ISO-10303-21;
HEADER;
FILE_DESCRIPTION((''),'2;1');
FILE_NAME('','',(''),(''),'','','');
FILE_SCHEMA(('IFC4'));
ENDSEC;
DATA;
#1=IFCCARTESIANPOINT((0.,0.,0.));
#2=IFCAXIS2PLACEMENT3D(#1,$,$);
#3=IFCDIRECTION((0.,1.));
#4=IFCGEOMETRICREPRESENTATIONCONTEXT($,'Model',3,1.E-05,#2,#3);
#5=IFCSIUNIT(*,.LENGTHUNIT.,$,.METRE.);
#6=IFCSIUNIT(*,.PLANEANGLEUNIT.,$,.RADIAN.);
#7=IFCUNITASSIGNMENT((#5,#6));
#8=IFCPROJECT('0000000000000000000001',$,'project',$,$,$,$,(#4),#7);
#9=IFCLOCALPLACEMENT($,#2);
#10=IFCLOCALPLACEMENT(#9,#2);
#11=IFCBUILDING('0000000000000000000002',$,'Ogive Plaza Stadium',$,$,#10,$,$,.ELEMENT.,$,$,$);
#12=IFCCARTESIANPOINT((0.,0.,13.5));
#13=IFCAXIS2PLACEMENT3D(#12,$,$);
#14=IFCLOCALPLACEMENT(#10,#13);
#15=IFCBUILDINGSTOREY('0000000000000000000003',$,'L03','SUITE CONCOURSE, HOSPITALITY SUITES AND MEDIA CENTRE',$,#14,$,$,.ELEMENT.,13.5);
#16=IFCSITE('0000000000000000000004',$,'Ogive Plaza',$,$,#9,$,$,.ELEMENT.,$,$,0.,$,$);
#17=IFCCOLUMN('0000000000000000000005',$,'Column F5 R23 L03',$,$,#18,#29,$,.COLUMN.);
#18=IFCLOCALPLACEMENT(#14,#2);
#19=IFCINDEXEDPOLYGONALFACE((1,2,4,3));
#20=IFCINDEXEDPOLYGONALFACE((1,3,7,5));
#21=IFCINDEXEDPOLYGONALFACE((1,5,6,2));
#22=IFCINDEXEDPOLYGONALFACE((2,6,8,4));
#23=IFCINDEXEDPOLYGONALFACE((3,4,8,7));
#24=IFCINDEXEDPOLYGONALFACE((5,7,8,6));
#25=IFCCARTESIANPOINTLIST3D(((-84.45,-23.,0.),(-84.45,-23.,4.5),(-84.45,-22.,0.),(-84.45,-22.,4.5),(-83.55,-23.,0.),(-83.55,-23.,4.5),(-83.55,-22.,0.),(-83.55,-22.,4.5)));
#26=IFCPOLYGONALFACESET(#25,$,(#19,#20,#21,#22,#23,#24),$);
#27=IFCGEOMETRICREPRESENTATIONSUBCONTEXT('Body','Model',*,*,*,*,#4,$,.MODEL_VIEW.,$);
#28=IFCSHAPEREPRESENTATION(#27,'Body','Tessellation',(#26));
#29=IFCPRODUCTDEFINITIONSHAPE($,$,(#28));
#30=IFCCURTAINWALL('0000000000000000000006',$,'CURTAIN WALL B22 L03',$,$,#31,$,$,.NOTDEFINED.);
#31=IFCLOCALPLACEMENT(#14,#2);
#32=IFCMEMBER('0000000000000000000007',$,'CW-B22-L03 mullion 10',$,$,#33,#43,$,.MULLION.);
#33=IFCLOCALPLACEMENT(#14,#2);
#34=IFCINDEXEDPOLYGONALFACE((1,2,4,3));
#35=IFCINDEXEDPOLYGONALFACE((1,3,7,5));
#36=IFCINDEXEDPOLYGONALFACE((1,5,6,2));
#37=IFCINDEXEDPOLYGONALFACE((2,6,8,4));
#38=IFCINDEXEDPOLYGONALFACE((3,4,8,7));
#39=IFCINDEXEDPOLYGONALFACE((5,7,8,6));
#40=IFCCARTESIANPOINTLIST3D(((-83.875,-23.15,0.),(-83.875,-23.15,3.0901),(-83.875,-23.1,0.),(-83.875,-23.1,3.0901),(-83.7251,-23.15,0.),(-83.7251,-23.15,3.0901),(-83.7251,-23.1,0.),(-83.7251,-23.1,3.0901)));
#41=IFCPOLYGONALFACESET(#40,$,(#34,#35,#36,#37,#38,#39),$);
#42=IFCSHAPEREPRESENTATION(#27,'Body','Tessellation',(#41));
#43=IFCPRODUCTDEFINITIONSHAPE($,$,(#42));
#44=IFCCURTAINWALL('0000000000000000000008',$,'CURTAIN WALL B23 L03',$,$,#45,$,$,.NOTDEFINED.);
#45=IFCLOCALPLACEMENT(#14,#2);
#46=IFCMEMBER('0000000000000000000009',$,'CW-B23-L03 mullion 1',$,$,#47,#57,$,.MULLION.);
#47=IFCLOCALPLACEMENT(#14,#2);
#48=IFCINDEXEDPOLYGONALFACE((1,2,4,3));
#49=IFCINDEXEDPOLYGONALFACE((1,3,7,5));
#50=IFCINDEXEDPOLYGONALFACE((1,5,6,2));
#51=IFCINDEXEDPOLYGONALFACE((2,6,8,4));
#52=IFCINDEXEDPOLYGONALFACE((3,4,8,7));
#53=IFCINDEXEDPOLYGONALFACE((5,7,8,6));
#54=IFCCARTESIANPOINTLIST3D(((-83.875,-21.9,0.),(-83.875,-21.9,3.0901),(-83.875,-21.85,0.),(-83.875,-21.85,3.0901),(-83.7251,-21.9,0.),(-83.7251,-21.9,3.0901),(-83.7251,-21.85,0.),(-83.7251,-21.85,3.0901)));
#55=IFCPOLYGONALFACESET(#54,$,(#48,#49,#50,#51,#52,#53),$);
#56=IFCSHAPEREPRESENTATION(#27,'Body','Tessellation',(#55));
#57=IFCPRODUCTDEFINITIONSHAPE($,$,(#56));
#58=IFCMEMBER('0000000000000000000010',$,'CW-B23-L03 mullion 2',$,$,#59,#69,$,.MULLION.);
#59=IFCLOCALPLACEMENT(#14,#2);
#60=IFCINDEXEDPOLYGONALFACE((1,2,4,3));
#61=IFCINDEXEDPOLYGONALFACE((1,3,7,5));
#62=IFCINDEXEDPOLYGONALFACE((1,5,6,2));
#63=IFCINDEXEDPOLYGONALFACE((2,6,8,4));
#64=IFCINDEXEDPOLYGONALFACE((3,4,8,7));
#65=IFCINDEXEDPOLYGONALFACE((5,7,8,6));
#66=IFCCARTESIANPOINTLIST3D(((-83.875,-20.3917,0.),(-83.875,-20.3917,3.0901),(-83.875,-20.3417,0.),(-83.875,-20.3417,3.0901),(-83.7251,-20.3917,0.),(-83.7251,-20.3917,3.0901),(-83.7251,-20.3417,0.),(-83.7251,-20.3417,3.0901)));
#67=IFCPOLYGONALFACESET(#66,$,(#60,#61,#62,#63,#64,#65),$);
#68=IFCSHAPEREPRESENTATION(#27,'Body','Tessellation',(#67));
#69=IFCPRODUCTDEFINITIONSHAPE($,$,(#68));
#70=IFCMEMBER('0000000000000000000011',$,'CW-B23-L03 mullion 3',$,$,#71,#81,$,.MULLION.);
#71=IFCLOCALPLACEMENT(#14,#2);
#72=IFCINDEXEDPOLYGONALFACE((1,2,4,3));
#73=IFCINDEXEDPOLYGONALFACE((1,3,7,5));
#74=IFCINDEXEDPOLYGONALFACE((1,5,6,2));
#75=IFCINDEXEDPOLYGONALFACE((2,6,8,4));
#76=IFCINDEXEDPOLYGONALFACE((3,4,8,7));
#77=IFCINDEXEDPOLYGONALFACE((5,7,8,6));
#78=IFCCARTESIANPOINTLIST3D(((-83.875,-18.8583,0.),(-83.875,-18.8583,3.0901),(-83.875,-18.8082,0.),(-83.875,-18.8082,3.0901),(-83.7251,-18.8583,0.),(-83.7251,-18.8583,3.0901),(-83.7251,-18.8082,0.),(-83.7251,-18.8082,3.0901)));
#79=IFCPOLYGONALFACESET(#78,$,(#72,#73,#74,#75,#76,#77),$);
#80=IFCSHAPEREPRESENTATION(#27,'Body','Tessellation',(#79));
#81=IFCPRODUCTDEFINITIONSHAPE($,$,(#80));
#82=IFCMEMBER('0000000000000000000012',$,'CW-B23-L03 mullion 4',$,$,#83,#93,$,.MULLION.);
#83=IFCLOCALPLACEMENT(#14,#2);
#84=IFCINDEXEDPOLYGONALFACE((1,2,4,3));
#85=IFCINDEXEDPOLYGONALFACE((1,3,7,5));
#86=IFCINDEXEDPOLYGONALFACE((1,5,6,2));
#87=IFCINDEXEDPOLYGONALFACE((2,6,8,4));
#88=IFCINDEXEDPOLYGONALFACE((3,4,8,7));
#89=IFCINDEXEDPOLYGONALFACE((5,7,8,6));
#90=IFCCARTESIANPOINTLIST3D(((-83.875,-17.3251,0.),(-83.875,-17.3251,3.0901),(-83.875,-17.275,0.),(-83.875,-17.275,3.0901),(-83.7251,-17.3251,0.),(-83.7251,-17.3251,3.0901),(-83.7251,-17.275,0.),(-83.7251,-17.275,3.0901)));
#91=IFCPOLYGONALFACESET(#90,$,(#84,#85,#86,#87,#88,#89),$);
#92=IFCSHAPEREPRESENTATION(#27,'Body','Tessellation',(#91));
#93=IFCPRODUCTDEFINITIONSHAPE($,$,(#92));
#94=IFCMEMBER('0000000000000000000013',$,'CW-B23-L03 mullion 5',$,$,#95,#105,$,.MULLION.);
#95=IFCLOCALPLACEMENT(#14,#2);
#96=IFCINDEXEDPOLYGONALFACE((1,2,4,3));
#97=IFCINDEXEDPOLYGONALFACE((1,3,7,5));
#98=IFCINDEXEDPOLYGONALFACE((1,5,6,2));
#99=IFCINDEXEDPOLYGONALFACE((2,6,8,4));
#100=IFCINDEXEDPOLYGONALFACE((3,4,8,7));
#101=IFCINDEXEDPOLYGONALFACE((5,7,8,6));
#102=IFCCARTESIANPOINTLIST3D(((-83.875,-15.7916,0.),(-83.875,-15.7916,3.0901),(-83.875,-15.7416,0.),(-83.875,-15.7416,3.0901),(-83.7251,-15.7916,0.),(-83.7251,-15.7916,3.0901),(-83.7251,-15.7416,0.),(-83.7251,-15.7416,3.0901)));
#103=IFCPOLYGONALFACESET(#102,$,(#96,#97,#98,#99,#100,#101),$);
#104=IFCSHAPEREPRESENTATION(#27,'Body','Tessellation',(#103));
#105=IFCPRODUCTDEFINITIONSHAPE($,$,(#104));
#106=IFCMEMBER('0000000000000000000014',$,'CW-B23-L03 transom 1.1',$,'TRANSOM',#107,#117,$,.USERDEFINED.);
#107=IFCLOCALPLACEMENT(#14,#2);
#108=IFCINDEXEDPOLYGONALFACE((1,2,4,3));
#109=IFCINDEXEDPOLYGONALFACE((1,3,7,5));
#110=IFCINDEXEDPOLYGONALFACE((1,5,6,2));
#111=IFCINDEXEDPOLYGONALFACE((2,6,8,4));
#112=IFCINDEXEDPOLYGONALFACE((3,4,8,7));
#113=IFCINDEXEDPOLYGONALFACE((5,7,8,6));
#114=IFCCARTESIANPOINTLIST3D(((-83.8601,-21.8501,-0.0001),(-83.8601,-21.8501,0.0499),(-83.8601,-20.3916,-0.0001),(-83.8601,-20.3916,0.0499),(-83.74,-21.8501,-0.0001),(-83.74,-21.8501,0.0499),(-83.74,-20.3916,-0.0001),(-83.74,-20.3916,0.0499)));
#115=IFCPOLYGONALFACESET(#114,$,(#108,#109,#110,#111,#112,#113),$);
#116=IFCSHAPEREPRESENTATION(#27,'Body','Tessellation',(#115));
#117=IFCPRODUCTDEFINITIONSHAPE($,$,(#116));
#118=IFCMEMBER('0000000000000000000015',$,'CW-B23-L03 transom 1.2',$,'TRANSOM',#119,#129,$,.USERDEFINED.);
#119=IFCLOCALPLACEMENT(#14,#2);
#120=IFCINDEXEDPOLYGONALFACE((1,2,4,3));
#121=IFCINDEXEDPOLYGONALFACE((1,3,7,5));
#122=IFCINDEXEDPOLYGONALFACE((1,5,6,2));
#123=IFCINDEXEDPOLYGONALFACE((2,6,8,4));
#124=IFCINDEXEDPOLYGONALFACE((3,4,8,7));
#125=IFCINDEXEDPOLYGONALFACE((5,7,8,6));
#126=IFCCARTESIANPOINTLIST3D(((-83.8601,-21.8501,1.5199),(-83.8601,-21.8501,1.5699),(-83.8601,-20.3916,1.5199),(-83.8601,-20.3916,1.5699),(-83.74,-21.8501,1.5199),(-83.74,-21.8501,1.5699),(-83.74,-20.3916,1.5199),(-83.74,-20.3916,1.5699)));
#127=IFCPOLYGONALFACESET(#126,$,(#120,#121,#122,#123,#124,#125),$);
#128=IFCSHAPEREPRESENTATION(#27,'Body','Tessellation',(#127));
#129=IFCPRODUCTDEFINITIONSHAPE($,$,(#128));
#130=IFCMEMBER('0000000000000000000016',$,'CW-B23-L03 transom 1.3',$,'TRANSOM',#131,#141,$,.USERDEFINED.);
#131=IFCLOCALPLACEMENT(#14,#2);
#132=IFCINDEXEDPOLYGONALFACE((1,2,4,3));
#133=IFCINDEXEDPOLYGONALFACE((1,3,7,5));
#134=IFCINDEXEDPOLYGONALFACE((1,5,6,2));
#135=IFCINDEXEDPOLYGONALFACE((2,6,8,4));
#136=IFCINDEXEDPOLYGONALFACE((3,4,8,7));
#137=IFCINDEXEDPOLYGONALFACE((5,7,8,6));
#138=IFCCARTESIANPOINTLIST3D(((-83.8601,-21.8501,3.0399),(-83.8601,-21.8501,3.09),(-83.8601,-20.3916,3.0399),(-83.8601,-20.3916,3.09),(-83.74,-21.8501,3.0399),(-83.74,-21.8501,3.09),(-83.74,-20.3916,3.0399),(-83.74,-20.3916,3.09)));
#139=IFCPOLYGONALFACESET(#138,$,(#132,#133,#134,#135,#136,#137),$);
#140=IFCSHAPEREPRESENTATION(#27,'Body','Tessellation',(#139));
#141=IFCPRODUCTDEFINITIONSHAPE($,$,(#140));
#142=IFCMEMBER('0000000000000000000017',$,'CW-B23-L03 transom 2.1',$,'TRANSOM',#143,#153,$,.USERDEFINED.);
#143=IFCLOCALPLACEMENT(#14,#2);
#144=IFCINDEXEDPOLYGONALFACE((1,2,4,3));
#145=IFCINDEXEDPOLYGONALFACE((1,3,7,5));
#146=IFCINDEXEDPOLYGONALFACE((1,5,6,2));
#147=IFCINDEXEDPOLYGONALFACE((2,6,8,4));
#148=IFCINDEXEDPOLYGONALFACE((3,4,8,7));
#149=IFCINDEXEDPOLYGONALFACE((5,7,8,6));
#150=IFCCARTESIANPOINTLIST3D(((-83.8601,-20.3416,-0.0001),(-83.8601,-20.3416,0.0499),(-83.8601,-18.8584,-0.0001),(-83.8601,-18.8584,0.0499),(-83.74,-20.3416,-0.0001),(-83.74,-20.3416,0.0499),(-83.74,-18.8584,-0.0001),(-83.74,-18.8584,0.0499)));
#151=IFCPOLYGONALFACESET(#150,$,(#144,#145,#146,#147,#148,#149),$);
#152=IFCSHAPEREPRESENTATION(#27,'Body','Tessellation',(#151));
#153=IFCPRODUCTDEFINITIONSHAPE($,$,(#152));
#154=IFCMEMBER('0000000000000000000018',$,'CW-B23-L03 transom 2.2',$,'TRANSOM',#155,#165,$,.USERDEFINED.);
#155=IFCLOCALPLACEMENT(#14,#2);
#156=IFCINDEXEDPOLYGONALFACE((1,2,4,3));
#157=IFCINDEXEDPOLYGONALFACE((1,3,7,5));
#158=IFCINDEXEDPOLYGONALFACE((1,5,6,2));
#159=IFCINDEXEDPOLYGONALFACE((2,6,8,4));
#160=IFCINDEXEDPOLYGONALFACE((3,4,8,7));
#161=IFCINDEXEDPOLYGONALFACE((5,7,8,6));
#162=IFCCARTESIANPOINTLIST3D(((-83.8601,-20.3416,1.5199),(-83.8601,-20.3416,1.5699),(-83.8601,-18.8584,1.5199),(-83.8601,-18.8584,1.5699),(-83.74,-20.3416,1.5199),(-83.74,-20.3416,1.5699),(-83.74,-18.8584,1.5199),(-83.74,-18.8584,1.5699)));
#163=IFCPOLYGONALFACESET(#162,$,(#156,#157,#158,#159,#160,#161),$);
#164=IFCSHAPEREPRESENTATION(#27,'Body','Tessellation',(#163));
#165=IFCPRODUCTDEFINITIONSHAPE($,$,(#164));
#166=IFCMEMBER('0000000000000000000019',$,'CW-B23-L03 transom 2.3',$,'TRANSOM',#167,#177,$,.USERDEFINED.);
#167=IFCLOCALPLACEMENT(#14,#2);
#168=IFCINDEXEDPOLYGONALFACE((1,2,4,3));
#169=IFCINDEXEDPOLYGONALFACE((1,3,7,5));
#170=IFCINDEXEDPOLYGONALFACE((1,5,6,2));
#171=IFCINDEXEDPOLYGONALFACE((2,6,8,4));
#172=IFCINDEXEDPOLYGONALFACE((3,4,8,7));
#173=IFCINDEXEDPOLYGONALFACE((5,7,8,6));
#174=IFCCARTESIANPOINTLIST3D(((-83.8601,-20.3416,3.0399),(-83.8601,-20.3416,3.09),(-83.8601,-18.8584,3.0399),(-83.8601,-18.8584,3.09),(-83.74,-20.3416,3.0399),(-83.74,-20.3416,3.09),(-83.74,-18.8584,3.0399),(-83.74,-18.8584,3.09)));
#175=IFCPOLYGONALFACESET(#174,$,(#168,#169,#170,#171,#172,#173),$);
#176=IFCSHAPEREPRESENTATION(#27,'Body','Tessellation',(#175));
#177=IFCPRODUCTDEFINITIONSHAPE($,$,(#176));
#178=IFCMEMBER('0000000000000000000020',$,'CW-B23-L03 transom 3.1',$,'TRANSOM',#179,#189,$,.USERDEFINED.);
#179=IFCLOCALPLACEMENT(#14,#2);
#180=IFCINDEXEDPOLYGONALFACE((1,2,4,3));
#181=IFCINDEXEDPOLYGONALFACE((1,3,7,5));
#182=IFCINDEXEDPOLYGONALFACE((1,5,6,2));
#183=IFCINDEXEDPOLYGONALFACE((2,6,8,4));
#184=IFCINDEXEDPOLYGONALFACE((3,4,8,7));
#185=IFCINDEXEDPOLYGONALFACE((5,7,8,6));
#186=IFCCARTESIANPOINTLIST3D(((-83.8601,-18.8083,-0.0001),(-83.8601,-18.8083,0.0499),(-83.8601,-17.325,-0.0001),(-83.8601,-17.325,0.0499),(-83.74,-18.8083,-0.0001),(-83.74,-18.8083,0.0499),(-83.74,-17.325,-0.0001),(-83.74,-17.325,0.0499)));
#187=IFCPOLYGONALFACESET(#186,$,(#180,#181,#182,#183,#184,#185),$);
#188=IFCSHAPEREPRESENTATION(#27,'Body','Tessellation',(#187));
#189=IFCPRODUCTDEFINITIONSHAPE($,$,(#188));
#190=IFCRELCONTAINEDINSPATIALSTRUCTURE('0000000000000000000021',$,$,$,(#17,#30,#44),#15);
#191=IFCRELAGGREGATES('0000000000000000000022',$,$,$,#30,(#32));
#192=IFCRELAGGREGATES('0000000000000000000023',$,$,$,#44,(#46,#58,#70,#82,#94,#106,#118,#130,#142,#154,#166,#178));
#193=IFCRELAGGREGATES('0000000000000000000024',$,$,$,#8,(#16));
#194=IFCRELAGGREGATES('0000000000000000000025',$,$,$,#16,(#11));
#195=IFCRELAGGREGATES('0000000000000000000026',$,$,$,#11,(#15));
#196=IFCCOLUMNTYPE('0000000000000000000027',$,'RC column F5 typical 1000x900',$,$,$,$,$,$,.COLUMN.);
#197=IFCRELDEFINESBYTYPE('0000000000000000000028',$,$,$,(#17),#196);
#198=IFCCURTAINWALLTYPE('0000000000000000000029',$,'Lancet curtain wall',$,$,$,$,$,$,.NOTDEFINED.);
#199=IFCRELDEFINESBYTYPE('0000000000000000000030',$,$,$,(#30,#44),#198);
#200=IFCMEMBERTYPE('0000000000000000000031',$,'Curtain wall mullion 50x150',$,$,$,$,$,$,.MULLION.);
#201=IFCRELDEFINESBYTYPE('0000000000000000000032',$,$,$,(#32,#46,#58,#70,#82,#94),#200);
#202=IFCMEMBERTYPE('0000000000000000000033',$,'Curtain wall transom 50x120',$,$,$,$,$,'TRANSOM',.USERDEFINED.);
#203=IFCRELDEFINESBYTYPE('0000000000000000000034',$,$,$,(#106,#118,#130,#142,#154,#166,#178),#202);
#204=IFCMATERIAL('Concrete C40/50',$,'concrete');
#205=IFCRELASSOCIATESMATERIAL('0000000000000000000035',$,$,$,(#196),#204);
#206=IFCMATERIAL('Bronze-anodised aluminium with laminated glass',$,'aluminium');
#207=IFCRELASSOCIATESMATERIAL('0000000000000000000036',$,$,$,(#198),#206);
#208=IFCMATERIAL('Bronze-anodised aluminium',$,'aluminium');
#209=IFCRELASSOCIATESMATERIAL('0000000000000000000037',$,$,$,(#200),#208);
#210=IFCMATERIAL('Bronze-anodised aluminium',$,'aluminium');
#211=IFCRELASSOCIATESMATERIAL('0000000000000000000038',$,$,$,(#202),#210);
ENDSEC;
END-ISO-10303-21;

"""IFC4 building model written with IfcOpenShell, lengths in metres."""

from ifc_helpers import new_model, si_unit, direction, frame, origin, origin_2d, place, context, subcontext, project, spatial, rectangle, extrude, material, material_profile, profile_set, type_object, element, aggregate, save


model = new_model("IFC4")

# Units and contexts
model_context = context("Model", 3, precision=1e-05, world=origin(), true_north=direction((0.0, 1.0)))
body_context = subcontext(model_context, "Body", "Model", "MODEL_VIEW")
ifc_project = project(units=[si_unit("LENGTHUNIT", "METRE"), si_unit("PLANEANGLEUNIT", "RADIAN")], contexts=[model_context])

# Site, building, storey
site_placement = place(None, origin())
site = spatial("IfcSite", under=ifc_project, at=site_placement, Name="Ogive Plaza", CompositionType="ELEMENT", RefElevation=0.0)
building_placement = place(site_placement, origin())
building = spatial("IfcBuilding", under=site, at=building_placement, Name="Ogive Plaza Stadium", CompositionType="ELEMENT")
storey_placement = place(building_placement, frame((0.0, 0.0, 13.5)))
storey = spatial("IfcBuildingStorey", under=building, at=storey_placement, Name="L03", Description="SUITE CONCOURSE, HOSPITALITY SUITES AND MEDIA CENTRE", CompositionType="ELEMENT", Elevation=13.5)

# Column
ifc_material_1 = material(Name="Concrete C40/50", Category="concrete")
ifc_material_profile_1 = material_profile(ifc_material_1, rectangle(XDim=1.0, YDim=0.8999, at=origin_2d()), Name="RC 1000x900")
ifc_profile_set_1 = profile_set([ifc_material_profile_1], Name="Concrete C40/50")
column_type = type_object("IfcColumnType", Name="RC column F5 typical 1000x900", PredefinedType="COLUMN", material=ifc_profile_set_1)
column_placement = place(storey_placement, frame((-84.0, -22.5, 0.0), z_axis=(0.0, 0.0, 1.0), x_axis=(0.0, -1.0, 0.0)))
element("IfcColumn", 1, at=column_placement, inside=storey, type_object=column_type, Name="Column F5 R23 L03", PredefinedType="COLUMN", context=body_context, shape_type="SweptSolid", body=[
    extrude(rectangle(XDim=1.0, YDim=0.8999, at=origin_2d()), origin(), (0.0, 0.0, 1.0), 4.5),
])

# Curtain wall, member
ifc_material_2 = material(Name="Bronze-anodised aluminium with laminated glass", Category="aluminium")
curtain_wall_type = type_object("IfcCurtainWallType", Name="Lancet curtain wall", PredefinedType="NOTDEFINED", material=ifc_material_2)
curtain_wall_1_placement = place(storey_placement, origin())
curtain_wall_1 = element("IfcCurtainWall", 2, at=curtain_wall_1_placement, inside=storey, type_object=curtain_wall_type, Name="CURTAIN WALL B22 L03", PredefinedType="NOTDEFINED")
ifc_material_3 = material(Name="Bronze-anodised aluminium", Category="aluminium")
ifc_material_profile_2 = material_profile(ifc_material_3, rectangle(XDim=0.1499, YDim=0.05, at=origin_2d()), Name="AL 150x50")
ifc_profile_set_2 = profile_set([ifc_material_profile_2], Name="Bronze-anodised aluminium")
member_type_1 = type_object("IfcMemberType", Name="Curtain wall mullion 50x150", PredefinedType="MULLION", material=ifc_profile_set_2)
member_1_placement = place(storey_placement, frame((-83.8, -23.125, 0.0), z_axis=(0.0, 0.0, 1.0), x_axis=(-1.0, 0.0, 0.0)))
member_1 = element("IfcMember", 3, at=member_1_placement, type_object=member_type_1, Name="CW-B22-L03 mullion 10", PredefinedType="MULLION", context=body_context, shape_type="SweptSolid", body=[
    extrude(rectangle(XDim=0.1499, YDim=0.05, at=origin_2d()), origin(), (0.0, 0.0, 1.0), 3.0901),
])

# Curtain wall, members
curtain_wall_2_placement = place(storey_placement, origin())
curtain_wall_2 = element("IfcCurtainWall", 4, at=curtain_wall_2_placement, inside=storey, type_object=curtain_wall_type, Name="CURTAIN WALL B23 L03", PredefinedType="NOTDEFINED")
member_2_placement = place(storey_placement, frame((-83.8, -21.875, 0.0), z_axis=(0.0, 0.0, 1.0), x_axis=(-1.0, 0.0, 0.0)))
member_2 = element("IfcMember", 5, at=member_2_placement, type_object=member_type_1, Name="CW-B23-L03 mullion 1", PredefinedType="MULLION", context=body_context, shape_type="SweptSolid", body=[
    extrude(rectangle(XDim=0.1499, YDim=0.05, at=origin_2d()), origin(), (0.0, 0.0, 1.0), 3.0901),
])
member_3_placement = place(storey_placement, frame((-83.8, -20.3667, 0.0), z_axis=(0.0, 0.0, 1.0), x_axis=(-1.0, 0.0, 0.0)))
member_3 = element("IfcMember", 6, at=member_3_placement, type_object=member_type_1, Name="CW-B23-L03 mullion 2", PredefinedType="MULLION", context=body_context, shape_type="SweptSolid", body=[
    extrude(rectangle(XDim=0.1499, YDim=0.05, at=origin_2d()), origin(), (0.0, 0.0, 1.0), 3.0901),
])
member_4_placement = place(storey_placement, frame((-83.8, -18.8333, 0.0), z_axis=(0.0, 0.0, 1.0), x_axis=(-1.0, 0.0, 0.0)))
member_4 = element("IfcMember", 7, at=member_4_placement, type_object=member_type_1, Name="CW-B23-L03 mullion 3", PredefinedType="MULLION", context=body_context, shape_type="SweptSolid", body=[
    extrude(rectangle(XDim=0.1499, YDim=0.05, at=origin_2d()), origin(), (0.0, 0.0, 1.0), 3.0901),
])
member_5_placement = place(storey_placement, frame((-83.8, -17.3, 0.0), z_axis=(0.0, 0.0, 1.0), x_axis=(-1.0, 0.0, 0.0)))
member_5 = element("IfcMember", 8, at=member_5_placement, type_object=member_type_1, Name="CW-B23-L03 mullion 4", PredefinedType="MULLION", context=body_context, shape_type="SweptSolid", body=[
    extrude(rectangle(XDim=0.1499, YDim=0.05, at=origin_2d()), origin(), (0.0, 0.0, 1.0), 3.0901),
])
member_6_placement = place(storey_placement, frame((-83.8, -15.7666, 0.0), z_axis=(0.0, 0.0, 1.0), x_axis=(-1.0, 0.0, 0.0)))
member_6 = element("IfcMember", 9, at=member_6_placement, type_object=member_type_1, Name="CW-B23-L03 mullion 5", PredefinedType="MULLION", context=body_context, shape_type="SweptSolid", body=[
    extrude(rectangle(XDim=0.1499, YDim=0.05, at=origin_2d()), origin(), (0.0, 0.0, 1.0), 3.0901),
])
ifc_material_4 = material(Name="Bronze-anodised aluminium", Category="aluminium")
ifc_material_profile_3 = material_profile(ifc_material_4, rectangle(XDim=0.1201, YDim=0.05, at=origin_2d()), Name="AL 120x50")
ifc_profile_set_3 = profile_set([ifc_material_profile_3], Name="Bronze-anodised aluminium")
member_type_2 = type_object("IfcMemberType", Name="Curtain wall transom 50x120", ElementType="TRANSOM", PredefinedType="USERDEFINED", material=ifc_profile_set_3)
member_7_placement = place(storey_placement, frame((-83.8, -21.8501, 0.0249), z_axis=(0.0, 1.0, 0.0), x_axis=(-1.0, 0.0, 0.0)))
member_7 = element("IfcMember", 10, at=member_7_placement, type_object=member_type_2, Name="CW-B23-L03 transom 1.1", ObjectType="TRANSOM", PredefinedType="USERDEFINED", context=body_context, shape_type="SweptSolid", body=[
    extrude(rectangle(XDim=0.1201, YDim=0.05, at=origin_2d()), origin(), (0.0, 0.0, 1.0), 1.4585),
])
member_8_placement = place(storey_placement, frame((-83.8, -21.8501, 1.5449), z_axis=(0.0, 1.0, 0.0), x_axis=(-1.0, 0.0, 0.0)))
member_8 = element("IfcMember", 11, at=member_8_placement, type_object=member_type_2, Name="CW-B23-L03 transom 1.2", ObjectType="TRANSOM", PredefinedType="USERDEFINED", context=body_context, shape_type="SweptSolid", body=[
    extrude(rectangle(XDim=0.1201, YDim=0.05, at=origin_2d()), origin(), (0.0, 0.0, 1.0), 1.4585),
])
member_9_placement = place(storey_placement, frame((-83.8, -21.8501, 3.0649), z_axis=(0.0, 1.0, 0.0), x_axis=(-1.0, 0.0, 0.0)))
member_9 = element("IfcMember", 12, at=member_9_placement, type_object=member_type_2, Name="CW-B23-L03 transom 1.3", ObjectType="TRANSOM", PredefinedType="USERDEFINED", context=body_context, shape_type="SweptSolid", body=[
    extrude(rectangle(XDim=0.1201, YDim=0.05, at=origin_2d()), origin(), (0.0, 0.0, 1.0), 1.4585),
])
member_10_placement = place(storey_placement, frame((-83.8, -20.3416, 0.0249), z_axis=(0.0, 1.0, 0.0), x_axis=(-1.0, 0.0, 0.0)))
member_10 = element("IfcMember", 13, at=member_10_placement, type_object=member_type_2, Name="CW-B23-L03 transom 2.1", ObjectType="TRANSOM", PredefinedType="USERDEFINED", context=body_context, shape_type="SweptSolid", body=[
    extrude(rectangle(XDim=0.1201, YDim=0.05, at=origin_2d()), origin(), (0.0, 0.0, 1.0), 1.4832),
])
member_11_placement = place(storey_placement, frame((-83.8, -20.3416, 1.5449), z_axis=(0.0, 1.0, 0.0), x_axis=(-1.0, 0.0, 0.0)))
member_11 = element("IfcMember", 14, at=member_11_placement, type_object=member_type_2, Name="CW-B23-L03 transom 2.2", ObjectType="TRANSOM", PredefinedType="USERDEFINED", context=body_context, shape_type="SweptSolid", body=[
    extrude(rectangle(XDim=0.1201, YDim=0.05, at=origin_2d()), origin(), (0.0, 0.0, 1.0), 1.4832),
])
member_12_placement = place(storey_placement, frame((-83.8, -20.3416, 3.0649), z_axis=(0.0, 1.0, 0.0), x_axis=(-1.0, 0.0, 0.0)))
member_12 = element("IfcMember", 15, at=member_12_placement, type_object=member_type_2, Name="CW-B23-L03 transom 2.3", ObjectType="TRANSOM", PredefinedType="USERDEFINED", context=body_context, shape_type="SweptSolid", body=[
    extrude(rectangle(XDim=0.1201, YDim=0.05, at=origin_2d()), origin(), (0.0, 0.0, 1.0), 1.4832),
])
member_13_placement = place(storey_placement, frame((-83.8, -18.8083, 0.0249), z_axis=(0.0, 1.0, 0.0), x_axis=(-1.0, 0.0, 0.0)))
member_13 = element("IfcMember", 16, at=member_13_placement, type_object=member_type_2, Name="CW-B23-L03 transom 3.1", ObjectType="TRANSOM", PredefinedType="USERDEFINED", context=body_context, shape_type="SweptSolid", body=[
    extrude(rectangle(XDim=0.1201, YDim=0.05, at=origin_2d()), origin(), (0.0, 0.0, 1.0), 1.4834),
])

aggregate(curtain_wall_1, [member_1])
aggregate(curtain_wall_2, [member_2, member_3, member_4, member_5, member_6, member_7, member_8, member_9, member_10, member_11, member_12, member_13])

save(model, "model.ifc")
